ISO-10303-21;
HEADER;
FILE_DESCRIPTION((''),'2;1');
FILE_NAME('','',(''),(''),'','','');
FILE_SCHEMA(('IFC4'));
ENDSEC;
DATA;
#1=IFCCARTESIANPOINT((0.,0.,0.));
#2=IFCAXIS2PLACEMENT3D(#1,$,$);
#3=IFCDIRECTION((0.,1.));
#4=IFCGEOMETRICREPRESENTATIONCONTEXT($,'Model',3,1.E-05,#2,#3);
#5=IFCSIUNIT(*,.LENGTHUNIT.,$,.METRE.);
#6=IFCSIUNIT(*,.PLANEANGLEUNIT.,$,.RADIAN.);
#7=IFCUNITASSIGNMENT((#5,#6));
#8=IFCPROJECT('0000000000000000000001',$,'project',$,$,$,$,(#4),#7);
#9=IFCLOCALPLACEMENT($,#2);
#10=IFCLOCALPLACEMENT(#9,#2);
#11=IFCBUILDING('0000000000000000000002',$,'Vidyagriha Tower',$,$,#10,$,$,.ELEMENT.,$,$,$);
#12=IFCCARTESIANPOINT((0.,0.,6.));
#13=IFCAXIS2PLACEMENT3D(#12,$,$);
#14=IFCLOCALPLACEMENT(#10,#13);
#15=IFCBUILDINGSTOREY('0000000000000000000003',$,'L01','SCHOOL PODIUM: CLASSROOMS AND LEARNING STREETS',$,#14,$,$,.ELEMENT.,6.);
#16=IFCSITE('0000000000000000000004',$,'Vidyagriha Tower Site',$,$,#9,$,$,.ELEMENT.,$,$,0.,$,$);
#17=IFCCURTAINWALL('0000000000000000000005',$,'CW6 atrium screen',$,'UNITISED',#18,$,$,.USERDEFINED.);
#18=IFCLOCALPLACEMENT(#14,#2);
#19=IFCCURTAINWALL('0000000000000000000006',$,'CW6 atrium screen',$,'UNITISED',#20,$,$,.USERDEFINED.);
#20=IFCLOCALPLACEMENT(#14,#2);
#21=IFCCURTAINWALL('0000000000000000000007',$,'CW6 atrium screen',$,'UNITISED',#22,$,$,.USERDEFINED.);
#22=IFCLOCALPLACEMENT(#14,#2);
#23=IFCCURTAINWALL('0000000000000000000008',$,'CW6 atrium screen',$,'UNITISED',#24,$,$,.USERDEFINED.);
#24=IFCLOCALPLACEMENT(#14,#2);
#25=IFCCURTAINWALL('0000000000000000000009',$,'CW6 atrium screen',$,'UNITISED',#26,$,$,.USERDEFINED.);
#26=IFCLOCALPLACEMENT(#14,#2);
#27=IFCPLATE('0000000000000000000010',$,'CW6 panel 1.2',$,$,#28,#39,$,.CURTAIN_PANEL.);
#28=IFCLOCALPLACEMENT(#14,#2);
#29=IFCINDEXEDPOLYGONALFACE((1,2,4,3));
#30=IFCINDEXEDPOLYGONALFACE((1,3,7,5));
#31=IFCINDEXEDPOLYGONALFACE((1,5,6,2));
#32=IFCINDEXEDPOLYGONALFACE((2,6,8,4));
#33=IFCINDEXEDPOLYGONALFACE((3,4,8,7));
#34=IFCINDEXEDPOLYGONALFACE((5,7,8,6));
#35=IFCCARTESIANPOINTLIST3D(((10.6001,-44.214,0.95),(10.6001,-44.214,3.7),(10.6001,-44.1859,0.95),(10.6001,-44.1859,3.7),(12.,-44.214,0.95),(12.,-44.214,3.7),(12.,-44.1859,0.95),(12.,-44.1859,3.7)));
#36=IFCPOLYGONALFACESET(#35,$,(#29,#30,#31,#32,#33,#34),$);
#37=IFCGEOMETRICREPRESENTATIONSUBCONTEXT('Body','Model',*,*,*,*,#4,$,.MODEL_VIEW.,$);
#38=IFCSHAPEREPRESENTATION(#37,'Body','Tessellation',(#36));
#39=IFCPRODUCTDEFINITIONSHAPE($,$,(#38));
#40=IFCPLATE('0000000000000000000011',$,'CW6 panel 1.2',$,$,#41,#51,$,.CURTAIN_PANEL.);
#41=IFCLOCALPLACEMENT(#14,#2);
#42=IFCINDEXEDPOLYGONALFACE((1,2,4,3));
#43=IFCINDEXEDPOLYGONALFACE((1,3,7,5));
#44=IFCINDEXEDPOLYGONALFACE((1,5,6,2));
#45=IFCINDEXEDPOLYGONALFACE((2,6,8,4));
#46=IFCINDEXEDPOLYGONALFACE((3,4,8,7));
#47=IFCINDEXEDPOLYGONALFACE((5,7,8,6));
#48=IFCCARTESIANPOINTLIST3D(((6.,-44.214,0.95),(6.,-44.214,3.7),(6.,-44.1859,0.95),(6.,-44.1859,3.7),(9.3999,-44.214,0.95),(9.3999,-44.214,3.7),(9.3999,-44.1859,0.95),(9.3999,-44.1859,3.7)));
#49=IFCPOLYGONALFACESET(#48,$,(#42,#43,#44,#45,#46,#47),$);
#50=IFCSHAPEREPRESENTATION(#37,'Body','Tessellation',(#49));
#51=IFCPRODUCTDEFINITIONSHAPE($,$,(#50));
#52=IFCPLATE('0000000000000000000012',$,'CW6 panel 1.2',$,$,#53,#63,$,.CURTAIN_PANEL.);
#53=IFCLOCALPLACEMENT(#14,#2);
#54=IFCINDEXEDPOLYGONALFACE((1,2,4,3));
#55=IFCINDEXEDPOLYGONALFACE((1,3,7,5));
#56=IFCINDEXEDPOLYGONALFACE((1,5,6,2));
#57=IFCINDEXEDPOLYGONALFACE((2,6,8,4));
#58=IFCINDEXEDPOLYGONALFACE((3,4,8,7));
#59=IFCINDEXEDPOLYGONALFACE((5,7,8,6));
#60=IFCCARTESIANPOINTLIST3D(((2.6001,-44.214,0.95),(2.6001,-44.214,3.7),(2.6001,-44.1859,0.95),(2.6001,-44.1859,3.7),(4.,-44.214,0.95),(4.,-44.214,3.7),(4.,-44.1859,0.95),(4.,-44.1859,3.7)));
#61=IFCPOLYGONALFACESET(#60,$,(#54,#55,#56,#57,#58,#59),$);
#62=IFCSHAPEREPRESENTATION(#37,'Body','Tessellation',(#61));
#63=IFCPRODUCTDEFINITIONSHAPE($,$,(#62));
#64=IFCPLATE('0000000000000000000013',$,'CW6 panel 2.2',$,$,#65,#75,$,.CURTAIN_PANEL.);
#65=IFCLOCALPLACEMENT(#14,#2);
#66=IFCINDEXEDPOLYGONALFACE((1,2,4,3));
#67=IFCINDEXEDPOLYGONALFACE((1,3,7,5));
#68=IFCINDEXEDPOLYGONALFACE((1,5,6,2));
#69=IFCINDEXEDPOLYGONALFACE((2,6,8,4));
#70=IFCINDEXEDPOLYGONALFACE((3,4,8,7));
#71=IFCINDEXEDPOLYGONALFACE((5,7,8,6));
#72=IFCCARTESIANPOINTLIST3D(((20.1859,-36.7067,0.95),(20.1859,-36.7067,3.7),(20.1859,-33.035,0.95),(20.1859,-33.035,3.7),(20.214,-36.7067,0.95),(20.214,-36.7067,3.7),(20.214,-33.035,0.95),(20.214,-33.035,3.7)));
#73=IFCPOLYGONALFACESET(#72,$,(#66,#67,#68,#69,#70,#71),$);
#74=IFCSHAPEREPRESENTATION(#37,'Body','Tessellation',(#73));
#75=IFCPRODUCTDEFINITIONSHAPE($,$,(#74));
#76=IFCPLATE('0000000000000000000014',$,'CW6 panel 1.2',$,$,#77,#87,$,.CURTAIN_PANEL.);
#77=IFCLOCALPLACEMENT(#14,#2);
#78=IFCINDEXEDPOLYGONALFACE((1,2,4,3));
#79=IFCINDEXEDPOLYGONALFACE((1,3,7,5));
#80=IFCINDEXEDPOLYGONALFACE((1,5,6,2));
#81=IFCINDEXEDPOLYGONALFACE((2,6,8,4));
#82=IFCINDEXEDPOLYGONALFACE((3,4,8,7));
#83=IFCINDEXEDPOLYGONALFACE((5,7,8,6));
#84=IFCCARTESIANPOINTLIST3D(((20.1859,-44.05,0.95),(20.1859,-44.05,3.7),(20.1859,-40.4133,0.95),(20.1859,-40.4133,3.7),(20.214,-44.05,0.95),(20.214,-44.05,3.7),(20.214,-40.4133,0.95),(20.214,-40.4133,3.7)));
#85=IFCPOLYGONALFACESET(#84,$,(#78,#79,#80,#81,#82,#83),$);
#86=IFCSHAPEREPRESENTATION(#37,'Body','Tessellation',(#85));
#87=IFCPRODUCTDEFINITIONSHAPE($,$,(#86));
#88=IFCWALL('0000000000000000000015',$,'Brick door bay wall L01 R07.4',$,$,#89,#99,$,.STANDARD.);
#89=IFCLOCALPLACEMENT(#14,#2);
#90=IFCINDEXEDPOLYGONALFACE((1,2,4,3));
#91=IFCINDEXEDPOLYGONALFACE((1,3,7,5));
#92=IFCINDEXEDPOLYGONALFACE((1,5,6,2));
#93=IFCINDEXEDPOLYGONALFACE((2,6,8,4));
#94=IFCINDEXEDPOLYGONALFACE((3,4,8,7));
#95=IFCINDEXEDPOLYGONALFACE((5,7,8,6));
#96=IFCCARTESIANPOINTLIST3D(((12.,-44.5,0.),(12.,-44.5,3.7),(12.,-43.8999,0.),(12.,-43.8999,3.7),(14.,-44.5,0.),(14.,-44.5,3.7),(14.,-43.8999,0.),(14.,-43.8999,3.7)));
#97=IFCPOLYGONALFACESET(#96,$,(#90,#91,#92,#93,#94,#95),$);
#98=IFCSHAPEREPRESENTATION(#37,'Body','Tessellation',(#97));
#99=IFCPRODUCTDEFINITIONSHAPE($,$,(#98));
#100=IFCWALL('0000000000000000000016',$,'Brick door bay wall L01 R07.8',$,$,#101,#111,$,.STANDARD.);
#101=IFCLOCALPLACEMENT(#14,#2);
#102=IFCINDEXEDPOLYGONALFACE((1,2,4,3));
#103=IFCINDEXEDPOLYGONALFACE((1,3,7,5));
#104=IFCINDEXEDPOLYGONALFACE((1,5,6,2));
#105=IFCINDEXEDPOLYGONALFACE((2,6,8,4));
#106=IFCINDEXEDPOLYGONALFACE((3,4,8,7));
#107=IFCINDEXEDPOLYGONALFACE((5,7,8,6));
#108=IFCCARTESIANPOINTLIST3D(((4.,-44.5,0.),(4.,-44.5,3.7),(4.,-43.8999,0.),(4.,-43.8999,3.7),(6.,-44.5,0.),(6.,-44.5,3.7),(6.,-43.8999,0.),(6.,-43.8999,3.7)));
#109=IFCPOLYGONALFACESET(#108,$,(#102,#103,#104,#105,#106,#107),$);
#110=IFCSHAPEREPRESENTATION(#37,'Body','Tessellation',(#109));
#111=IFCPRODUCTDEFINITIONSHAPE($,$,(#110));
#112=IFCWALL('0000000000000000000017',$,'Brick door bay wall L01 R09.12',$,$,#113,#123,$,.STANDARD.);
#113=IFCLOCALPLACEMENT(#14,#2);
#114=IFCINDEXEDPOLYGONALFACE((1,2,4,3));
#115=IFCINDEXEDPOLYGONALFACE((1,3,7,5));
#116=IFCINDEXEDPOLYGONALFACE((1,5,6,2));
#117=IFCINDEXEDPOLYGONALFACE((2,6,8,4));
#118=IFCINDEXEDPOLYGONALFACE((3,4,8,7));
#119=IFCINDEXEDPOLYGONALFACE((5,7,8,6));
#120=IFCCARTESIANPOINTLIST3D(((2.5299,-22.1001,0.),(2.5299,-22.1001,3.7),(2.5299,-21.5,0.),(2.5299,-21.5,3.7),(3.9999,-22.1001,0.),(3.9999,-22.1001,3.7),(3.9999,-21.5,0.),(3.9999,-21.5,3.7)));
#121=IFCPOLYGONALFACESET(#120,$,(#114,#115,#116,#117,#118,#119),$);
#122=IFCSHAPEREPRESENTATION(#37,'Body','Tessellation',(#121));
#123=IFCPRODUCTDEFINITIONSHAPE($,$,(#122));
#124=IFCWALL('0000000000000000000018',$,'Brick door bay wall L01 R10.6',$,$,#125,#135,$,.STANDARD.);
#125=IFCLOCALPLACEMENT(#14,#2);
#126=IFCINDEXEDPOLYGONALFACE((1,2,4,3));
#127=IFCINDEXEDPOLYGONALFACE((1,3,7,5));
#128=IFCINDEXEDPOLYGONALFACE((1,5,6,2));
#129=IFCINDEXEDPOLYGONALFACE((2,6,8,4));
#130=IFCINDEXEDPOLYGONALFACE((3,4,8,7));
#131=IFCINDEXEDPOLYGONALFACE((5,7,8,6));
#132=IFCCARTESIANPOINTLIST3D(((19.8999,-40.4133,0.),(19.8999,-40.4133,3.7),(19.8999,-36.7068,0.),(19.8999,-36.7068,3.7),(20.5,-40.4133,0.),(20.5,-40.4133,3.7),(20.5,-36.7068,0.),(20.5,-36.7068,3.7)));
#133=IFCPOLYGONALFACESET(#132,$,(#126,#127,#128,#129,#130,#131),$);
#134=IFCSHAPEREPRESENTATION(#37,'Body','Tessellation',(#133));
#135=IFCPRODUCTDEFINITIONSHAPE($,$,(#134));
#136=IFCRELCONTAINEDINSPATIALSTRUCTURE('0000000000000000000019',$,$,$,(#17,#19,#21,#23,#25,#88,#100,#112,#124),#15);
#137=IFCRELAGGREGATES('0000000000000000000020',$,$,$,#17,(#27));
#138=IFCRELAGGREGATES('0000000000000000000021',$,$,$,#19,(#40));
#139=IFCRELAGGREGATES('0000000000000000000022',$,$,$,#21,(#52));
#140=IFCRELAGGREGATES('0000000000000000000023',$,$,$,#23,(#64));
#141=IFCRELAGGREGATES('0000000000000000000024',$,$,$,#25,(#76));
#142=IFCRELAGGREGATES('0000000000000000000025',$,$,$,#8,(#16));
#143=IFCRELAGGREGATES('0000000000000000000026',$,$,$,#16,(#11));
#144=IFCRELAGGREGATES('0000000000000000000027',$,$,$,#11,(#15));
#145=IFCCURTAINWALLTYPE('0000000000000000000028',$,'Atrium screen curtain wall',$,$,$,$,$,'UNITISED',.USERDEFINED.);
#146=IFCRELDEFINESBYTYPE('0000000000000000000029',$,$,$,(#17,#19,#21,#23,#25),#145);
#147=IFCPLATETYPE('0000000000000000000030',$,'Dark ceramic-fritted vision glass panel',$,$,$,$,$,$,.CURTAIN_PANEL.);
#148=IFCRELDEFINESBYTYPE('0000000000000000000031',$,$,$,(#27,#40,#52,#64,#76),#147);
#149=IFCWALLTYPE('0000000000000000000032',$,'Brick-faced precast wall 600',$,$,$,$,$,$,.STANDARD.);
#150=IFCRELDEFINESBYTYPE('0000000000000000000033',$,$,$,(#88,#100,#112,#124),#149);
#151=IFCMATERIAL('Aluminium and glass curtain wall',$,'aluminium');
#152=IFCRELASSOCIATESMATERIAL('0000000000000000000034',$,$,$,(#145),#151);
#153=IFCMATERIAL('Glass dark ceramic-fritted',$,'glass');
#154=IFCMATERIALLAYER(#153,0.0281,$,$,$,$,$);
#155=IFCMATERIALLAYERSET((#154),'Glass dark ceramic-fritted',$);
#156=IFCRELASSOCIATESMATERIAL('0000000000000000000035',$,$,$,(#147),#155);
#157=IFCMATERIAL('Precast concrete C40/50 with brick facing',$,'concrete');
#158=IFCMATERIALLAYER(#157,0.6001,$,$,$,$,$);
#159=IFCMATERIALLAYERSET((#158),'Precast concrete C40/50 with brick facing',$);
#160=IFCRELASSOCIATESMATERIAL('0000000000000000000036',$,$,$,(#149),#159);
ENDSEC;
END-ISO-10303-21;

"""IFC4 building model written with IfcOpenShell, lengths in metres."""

from ifc_helpers import new_model, si_unit, direction, frame, frame_2d, origin, origin_2d, place, context, subcontext, project, spatial, rectangle, extrude, material, layer, layer_set, type_object, element, aggregate, save


model = new_model("IFC4")

# Units and contexts
model_context = context("Model", 3, precision=1e-05, world=origin(), true_north=direction((0.0, 1.0)))
body_context = subcontext(model_context, "Body", "Model", "MODEL_VIEW")
ifc_project = project(units=[si_unit("LENGTHUNIT", "METRE"), si_unit("PLANEANGLEUNIT", "RADIAN")], contexts=[model_context])

# Site, building, storey
site_placement = place(None, origin())
site = spatial("IfcSite", under=ifc_project, at=site_placement, Name="Vidyagriha Tower Site", CompositionType="ELEMENT", RefElevation=0.0)
building_placement = place(site_placement, origin())
building = spatial("IfcBuilding", under=site, at=building_placement, Name="Vidyagriha Tower", CompositionType="ELEMENT")
storey_placement = place(building_placement, frame((0.0, 0.0, 6.0)))
storey = spatial("IfcBuildingStorey", under=building, at=storey_placement, Name="L01", Description="SCHOOL PODIUM: CLASSROOMS AND LEARNING STREETS", CompositionType="ELEMENT", Elevation=6.0)

# Curtain walls
ifc_material_1 = material(Name="Aluminium and glass curtain wall", Category="aluminium")
curtain_wall_type = type_object("IfcCurtainWallType", Name="Atrium screen curtain wall", ElementType="UNITISED", PredefinedType="USERDEFINED", material=ifc_material_1)
curtain_wall_1_placement = place(storey_placement, origin())
curtain_wall_1 = element("IfcCurtainWall", 1, at=curtain_wall_1_placement, inside=storey, type_object=curtain_wall_type, Name="CW6 atrium screen", ObjectType="UNITISED", PredefinedType="USERDEFINED")
curtain_wall_2_placement = place(storey_placement, origin())
curtain_wall_2 = element("IfcCurtainWall", 2, at=curtain_wall_2_placement, inside=storey, type_object=curtain_wall_type, Name="CW6 atrium screen", ObjectType="UNITISED", PredefinedType="USERDEFINED")
curtain_wall_3_placement = place(storey_placement, origin())
curtain_wall_3 = element("IfcCurtainWall", 3, at=curtain_wall_3_placement, inside=storey, type_object=curtain_wall_type, Name="CW6 atrium screen", ObjectType="UNITISED", PredefinedType="USERDEFINED")
curtain_wall_4_placement = place(storey_placement, origin())
curtain_wall_4 = element("IfcCurtainWall", 4, at=curtain_wall_4_placement, inside=storey, type_object=curtain_wall_type, Name="CW6 atrium screen", ObjectType="UNITISED", PredefinedType="USERDEFINED")
curtain_wall_5_placement = place(storey_placement, origin())
curtain_wall_5 = element("IfcCurtainWall", 5, at=curtain_wall_5_placement, inside=storey, type_object=curtain_wall_type, Name="CW6 atrium screen", ObjectType="UNITISED", PredefinedType="USERDEFINED")

# Plates
ifc_material_2 = material(Name="Glass dark ceramic-fritted", Category="glass")
ifc_layer_1 = layer(ifc_material_2, 0.0281)
ifc_layer_set_1 = layer_set([ifc_layer_1], Name="Glass dark ceramic-fritted")
plate_type_1 = type_object("IfcPlateType", Name="Dark ceramic-fritted vision glass panel", PredefinedType="CURTAIN_PANEL", material=ifc_layer_set_1)
plate_1_placement = place(storey_placement, frame((11.3, -44.2, 0.95), z_axis=(0.0, 0.0, 1.0), x_axis=(-1.0, 0.0, 0.0)))
plate_1 = element("IfcPlate", 6, at=plate_1_placement, type_object=plate_type_1, Name="CW6 panel 1.2", PredefinedType="CURTAIN_PANEL", context=body_context, shape_type="SweptSolid", body=[
    extrude(rectangle(XDim=1.3999, YDim=0.0281, at=origin_2d()), origin(), (0.0, 0.0, 1.0), 2.75),
])
aggregate(curtain_wall_1, [plate_1])
plate_2_placement = place(storey_placement, frame((7.7, -44.2, 0.95), z_axis=(0.0, 0.0, 1.0), x_axis=(-1.0, 0.0, 0.0)))
plate_2 = element("IfcPlate", 7, at=plate_2_placement, type_object=plate_type_1, Name="CW6 panel 1.2", PredefinedType="CURTAIN_PANEL", context=body_context, shape_type="SweptSolid", body=[
    extrude(rectangle(XDim=3.3999, YDim=0.0281, at=origin_2d()), origin(), (0.0, 0.0, 1.0), 2.75),
])
aggregate(curtain_wall_2, [plate_2])
plate_3_placement = place(storey_placement, frame((3.3, -44.2, 0.95), z_axis=(0.0, 0.0, 1.0), x_axis=(-1.0, 0.0, 0.0)))
plate_3 = element("IfcPlate", 8, at=plate_3_placement, type_object=plate_type_1, Name="CW6 panel 1.2", PredefinedType="CURTAIN_PANEL", context=body_context, shape_type="SweptSolid", body=[
    extrude(rectangle(XDim=1.3999, YDim=0.0281, at=origin_2d()), origin(), (0.0, 0.0, 1.0), 2.75),
])
aggregate(curtain_wall_3, [plate_3])
plate_4_placement = place(storey_placement, frame((20.2, -34.8708, 0.95), z_axis=(0.0, 0.0, 1.0), x_axis=(0.0, -1.0, 0.0)))
plate_4 = element("IfcPlate", 9, at=plate_4_placement, type_object=plate_type_1, Name="CW6 panel 2.2", PredefinedType="CURTAIN_PANEL", context=body_context, shape_type="SweptSolid", body=[
    extrude(rectangle(XDim=3.6716, YDim=0.0281, at=origin_2d()), origin(), (0.0, 0.0, 1.0), 2.75),
])
aggregate(curtain_wall_4, [plate_4])
plate_5_placement = place(storey_placement, frame((20.2, -42.2317, 0.95), z_axis=(0.0, 0.0, 1.0), x_axis=(0.0, -1.0, 0.0)))
plate_5 = element("IfcPlate", 10, at=plate_5_placement, type_object=plate_type_1, Name="CW6 panel 1.2", PredefinedType="CURTAIN_PANEL", context=body_context, shape_type="SweptSolid", body=[
    extrude(rectangle(XDim=3.6367, YDim=0.0281, at=origin_2d()), origin(), (0.0, 0.0, 1.0), 2.75),
])
aggregate(curtain_wall_5, [plate_5])

# Walls
ifc_material_3 = material(Name="Precast concrete C40/50 with brick facing", Category="concrete")
ifc_layer_2 = layer(ifc_material_3, 0.6001)
ifc_layer_set_2 = layer_set([ifc_layer_2], Name="Precast concrete C40/50 with brick facing")
wall_type = type_object("IfcWallType", Name="Brick-faced precast wall 600", PredefinedType="STANDARD", material=ifc_layer_set_2)
for number, where, z_axis, x_axis, name in (
    (11, (14.0, -44.2, 0.0), (0.0, 0.0, 1.0), (-1.0, 0.0, 0.0), "Brick door bay wall L01 R07.4"),
    (12, (6.0, -44.2, 0.0), (0.0, 0.0, 1.0), (-1.0, 0.0, 0.0), "Brick door bay wall L01 R07.8"),
):
    element("IfcWall", number, at=place(storey_placement, frame(where, z_axis=z_axis, x_axis=x_axis)), inside=storey, type_object=wall_type, Name=name, PredefinedType="STANDARD", context=body_context, shape_type="SweptSolid", body=[
        extrude(rectangle(XDim=2.0, YDim=0.6001, at=frame_2d((1.0, 0.0))), origin(), (0.0, 0.0, 1.0), 3.7),
    ])
wall_1_placement = place(storey_placement, frame((2.53, -21.8, 0.0)))
element("IfcWall", 13, at=wall_1_placement, inside=storey, type_object=wall_type, Name="Brick door bay wall L01 R09.12", PredefinedType="STANDARD", context=body_context, shape_type="SweptSolid", body=[
    extrude(rectangle(XDim=1.47, YDim=0.6001, at=frame_2d((0.7349, 0.0))), origin(), (0.0, 0.0, 1.0), 3.7),
])
wall_2_placement = place(storey_placement, frame((20.2, -36.7068, 0.0), z_axis=(0.0, 0.0, 1.0), x_axis=(0.0, -1.0, 0.0)))
element("IfcWall", 14, at=wall_2_placement, inside=storey, type_object=wall_type, Name="Brick door bay wall L01 R10.6", PredefinedType="STANDARD", context=body_context, shape_type="SweptSolid", body=[
    extrude(rectangle(XDim=3.7065, YDim=0.6001, at=frame_2d((1.8533, 0.0))), origin(), (0.0, 0.0, 1.0), 3.7),
])

save(model, "model.ifc")
